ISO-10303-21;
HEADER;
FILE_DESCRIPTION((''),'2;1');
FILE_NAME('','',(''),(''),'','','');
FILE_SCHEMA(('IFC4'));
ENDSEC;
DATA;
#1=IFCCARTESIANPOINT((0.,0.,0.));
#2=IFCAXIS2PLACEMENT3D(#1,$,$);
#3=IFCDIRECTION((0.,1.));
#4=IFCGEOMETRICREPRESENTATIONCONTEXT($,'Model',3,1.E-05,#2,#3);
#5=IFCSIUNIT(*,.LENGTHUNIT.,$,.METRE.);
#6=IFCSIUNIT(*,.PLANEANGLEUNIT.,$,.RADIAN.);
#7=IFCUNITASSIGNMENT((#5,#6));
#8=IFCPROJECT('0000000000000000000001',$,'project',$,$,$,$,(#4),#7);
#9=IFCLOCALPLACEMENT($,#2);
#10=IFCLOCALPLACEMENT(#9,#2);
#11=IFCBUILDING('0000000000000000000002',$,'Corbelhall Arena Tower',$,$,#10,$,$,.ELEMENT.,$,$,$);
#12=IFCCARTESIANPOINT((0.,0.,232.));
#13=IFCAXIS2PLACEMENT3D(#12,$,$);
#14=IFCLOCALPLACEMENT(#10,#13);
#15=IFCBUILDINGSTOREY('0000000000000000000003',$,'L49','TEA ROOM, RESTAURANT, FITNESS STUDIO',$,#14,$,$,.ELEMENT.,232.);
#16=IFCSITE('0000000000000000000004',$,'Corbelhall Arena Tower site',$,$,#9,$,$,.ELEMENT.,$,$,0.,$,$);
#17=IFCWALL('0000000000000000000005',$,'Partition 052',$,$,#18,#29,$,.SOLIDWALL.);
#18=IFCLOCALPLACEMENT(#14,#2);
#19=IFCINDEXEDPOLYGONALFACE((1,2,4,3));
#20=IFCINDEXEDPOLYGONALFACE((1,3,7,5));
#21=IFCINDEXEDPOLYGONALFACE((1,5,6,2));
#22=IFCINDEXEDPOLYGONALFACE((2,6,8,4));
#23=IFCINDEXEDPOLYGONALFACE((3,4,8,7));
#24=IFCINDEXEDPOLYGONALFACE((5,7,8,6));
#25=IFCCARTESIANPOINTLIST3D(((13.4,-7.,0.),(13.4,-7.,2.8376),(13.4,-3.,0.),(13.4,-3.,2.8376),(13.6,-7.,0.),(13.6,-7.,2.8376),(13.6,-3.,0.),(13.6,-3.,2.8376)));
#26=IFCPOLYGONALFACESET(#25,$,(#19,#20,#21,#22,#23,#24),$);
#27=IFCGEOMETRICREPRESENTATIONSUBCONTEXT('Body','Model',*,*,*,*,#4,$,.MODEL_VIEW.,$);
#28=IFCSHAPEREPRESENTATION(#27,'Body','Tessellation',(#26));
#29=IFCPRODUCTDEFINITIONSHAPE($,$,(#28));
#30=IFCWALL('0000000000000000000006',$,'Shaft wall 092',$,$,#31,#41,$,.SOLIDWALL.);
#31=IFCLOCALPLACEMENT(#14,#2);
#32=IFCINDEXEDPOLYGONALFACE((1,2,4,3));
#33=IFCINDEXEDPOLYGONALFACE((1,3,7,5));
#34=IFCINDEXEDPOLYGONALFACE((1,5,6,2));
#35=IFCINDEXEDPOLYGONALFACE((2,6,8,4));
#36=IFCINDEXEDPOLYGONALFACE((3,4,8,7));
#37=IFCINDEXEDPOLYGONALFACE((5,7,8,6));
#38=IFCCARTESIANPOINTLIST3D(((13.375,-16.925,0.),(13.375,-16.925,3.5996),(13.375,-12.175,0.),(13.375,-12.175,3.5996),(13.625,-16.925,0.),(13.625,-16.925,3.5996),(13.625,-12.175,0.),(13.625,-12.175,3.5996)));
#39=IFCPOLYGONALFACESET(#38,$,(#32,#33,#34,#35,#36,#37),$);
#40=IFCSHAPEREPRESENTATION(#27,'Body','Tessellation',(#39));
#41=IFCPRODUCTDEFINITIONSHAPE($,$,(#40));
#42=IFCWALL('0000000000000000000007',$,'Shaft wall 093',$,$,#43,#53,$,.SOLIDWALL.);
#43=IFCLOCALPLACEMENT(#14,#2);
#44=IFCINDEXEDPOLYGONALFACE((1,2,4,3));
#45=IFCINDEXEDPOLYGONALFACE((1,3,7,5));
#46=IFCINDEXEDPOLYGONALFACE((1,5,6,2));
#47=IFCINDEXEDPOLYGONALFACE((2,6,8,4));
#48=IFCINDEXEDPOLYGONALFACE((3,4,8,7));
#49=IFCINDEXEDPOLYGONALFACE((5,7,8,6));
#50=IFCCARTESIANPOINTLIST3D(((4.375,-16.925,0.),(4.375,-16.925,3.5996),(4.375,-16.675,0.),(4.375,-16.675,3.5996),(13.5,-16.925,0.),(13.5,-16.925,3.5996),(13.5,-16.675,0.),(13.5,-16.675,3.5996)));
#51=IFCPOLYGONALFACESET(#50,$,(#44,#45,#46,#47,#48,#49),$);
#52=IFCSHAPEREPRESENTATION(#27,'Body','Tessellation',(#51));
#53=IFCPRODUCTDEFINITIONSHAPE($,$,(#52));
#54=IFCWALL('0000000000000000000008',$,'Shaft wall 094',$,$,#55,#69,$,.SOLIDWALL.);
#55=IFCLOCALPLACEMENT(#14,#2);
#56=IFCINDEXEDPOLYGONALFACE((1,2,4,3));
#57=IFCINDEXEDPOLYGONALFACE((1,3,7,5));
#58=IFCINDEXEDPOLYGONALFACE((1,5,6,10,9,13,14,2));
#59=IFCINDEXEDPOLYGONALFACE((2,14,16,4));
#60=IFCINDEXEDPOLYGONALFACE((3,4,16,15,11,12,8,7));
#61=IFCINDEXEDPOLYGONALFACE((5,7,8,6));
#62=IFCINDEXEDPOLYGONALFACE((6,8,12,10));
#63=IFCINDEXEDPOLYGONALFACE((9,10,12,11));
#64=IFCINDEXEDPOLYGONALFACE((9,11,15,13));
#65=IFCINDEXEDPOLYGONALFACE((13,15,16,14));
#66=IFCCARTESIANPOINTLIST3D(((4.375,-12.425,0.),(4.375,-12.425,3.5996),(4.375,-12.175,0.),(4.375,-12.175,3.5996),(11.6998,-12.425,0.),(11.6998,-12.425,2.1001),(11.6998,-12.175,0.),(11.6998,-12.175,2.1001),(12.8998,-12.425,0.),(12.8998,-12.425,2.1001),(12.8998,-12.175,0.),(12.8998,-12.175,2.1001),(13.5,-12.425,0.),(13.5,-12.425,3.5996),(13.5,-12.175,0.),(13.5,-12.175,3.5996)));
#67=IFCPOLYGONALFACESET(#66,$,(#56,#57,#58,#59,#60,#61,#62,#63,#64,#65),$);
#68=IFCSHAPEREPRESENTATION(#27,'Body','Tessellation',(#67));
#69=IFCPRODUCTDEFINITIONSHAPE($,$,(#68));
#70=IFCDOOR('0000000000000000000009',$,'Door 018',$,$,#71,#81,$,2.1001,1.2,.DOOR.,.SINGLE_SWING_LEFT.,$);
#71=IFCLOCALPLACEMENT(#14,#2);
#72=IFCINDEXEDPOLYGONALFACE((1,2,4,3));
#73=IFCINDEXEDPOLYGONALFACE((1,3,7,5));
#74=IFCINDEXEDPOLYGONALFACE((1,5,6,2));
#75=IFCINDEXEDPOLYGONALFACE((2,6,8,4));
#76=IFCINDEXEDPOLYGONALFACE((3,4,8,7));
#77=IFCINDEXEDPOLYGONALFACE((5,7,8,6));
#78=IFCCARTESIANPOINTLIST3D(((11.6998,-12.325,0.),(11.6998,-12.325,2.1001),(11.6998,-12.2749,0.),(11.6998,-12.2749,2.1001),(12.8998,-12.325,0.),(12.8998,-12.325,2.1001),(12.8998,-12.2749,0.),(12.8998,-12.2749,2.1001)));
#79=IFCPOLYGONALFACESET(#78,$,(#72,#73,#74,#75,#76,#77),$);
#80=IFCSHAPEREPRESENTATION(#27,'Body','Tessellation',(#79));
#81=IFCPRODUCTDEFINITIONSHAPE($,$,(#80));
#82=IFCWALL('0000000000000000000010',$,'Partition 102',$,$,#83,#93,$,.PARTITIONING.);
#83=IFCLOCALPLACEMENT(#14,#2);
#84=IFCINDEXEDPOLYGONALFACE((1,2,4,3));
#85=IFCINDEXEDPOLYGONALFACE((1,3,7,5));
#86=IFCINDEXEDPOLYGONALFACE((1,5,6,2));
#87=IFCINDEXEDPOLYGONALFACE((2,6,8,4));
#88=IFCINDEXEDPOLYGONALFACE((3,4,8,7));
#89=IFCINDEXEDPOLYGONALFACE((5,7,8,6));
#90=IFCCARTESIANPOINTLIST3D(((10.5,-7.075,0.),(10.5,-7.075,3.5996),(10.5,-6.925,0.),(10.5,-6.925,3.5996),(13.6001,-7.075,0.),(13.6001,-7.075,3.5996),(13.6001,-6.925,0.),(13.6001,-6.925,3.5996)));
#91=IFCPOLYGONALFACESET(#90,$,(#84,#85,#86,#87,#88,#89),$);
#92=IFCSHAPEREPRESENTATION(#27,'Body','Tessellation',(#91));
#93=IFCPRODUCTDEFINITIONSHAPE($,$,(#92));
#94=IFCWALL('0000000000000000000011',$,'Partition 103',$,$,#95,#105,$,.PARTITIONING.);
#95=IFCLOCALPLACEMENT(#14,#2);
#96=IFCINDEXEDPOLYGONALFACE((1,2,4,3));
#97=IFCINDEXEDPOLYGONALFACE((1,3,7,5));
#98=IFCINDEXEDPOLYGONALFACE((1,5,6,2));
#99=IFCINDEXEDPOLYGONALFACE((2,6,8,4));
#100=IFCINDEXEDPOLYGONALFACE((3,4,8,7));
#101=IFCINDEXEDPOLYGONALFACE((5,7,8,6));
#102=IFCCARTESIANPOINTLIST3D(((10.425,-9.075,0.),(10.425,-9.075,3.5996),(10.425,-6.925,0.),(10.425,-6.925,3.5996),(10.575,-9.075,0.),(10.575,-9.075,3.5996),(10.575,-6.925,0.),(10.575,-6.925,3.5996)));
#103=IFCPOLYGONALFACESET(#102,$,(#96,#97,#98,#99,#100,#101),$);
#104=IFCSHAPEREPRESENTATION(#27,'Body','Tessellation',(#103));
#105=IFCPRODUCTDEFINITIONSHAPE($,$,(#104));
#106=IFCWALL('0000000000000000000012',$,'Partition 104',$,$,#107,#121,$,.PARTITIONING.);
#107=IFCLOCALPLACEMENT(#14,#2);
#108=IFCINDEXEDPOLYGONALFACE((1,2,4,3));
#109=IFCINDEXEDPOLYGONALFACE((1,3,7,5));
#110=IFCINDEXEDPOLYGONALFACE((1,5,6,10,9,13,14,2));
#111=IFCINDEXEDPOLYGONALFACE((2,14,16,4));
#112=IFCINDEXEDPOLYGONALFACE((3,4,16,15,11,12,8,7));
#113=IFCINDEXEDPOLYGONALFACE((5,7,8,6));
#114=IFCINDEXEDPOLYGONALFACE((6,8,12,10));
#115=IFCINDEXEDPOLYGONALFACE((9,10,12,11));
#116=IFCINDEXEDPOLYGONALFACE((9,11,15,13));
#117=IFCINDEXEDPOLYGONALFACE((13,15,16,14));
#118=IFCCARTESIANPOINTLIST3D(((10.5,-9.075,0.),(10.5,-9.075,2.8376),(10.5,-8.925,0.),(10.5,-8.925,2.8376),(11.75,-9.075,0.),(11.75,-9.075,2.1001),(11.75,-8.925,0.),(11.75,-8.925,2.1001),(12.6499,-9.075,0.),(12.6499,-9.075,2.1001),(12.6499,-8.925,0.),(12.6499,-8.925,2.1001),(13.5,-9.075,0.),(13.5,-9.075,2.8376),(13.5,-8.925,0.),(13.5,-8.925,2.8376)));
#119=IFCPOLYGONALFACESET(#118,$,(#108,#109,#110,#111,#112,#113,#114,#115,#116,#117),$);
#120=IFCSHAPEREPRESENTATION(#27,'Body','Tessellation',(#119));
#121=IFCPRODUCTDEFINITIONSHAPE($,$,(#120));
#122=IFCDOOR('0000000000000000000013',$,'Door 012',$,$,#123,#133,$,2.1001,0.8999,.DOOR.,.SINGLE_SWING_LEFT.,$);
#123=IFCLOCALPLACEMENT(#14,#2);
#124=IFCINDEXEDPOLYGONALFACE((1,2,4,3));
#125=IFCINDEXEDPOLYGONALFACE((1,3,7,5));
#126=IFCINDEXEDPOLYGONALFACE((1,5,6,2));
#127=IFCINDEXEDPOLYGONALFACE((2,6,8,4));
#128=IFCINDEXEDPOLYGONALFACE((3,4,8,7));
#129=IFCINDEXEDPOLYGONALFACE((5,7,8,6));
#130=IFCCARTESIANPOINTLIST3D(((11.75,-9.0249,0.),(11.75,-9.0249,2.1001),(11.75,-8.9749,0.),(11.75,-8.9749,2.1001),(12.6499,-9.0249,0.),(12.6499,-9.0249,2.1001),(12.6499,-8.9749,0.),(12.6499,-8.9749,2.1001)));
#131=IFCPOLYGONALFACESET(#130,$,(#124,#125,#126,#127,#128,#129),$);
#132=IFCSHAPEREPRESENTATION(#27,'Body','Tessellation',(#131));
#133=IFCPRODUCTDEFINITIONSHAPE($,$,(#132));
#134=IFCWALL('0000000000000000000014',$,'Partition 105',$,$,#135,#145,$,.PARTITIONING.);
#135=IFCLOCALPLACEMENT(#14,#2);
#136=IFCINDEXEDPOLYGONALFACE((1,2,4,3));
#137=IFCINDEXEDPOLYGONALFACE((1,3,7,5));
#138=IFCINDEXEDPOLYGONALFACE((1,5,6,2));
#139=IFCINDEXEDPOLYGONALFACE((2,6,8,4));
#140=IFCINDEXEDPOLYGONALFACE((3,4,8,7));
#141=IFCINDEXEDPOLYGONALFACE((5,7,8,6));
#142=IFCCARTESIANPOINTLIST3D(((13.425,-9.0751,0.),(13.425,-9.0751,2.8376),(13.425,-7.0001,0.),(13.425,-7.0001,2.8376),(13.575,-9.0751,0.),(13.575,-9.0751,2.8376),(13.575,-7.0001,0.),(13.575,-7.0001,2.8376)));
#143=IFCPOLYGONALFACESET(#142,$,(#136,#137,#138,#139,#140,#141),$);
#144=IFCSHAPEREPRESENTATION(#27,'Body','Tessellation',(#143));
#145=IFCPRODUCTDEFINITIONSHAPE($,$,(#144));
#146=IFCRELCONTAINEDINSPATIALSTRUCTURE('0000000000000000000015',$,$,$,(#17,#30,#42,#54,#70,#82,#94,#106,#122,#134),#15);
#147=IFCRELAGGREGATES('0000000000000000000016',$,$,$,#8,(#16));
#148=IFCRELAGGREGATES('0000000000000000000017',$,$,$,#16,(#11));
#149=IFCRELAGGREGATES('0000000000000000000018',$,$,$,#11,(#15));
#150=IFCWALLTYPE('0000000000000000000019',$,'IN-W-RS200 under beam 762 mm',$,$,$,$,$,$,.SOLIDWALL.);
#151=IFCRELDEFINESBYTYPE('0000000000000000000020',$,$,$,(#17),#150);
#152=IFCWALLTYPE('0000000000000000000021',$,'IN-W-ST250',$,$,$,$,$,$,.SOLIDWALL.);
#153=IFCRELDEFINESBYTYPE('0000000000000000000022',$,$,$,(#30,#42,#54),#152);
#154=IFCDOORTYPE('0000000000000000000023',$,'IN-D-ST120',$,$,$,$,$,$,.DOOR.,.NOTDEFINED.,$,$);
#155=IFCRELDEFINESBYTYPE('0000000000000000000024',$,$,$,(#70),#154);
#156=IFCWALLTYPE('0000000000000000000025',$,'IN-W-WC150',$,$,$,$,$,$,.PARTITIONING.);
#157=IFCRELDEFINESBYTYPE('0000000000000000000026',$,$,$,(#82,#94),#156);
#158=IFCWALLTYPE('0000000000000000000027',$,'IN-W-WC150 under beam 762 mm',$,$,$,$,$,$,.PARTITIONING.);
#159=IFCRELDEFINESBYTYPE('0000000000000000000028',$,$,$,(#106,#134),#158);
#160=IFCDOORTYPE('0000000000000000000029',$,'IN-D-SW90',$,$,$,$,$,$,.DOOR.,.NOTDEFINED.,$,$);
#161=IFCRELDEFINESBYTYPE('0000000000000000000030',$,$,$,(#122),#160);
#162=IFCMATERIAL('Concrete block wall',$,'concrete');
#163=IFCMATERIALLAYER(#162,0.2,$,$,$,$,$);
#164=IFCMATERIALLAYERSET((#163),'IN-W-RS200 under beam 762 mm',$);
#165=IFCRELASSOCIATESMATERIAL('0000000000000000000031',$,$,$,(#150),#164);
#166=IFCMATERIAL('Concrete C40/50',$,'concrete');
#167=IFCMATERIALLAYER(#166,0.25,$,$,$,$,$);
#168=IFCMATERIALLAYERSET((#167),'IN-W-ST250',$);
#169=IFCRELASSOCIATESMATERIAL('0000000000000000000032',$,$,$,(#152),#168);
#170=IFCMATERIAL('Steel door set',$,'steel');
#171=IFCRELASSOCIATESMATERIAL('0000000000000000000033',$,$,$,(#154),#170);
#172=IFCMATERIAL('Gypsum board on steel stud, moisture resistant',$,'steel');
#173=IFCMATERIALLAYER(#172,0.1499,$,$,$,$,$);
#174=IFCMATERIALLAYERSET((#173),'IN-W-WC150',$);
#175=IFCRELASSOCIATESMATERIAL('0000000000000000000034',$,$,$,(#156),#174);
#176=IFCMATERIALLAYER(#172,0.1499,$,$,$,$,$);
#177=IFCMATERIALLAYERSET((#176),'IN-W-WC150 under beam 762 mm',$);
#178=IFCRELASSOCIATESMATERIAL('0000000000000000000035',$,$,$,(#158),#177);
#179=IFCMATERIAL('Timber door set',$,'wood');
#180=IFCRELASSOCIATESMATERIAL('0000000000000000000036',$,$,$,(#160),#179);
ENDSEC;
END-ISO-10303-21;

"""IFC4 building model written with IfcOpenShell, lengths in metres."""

from ifc_helpers import new_model, si_unit, direction, frame, frame_2d, origin, place, context, subcontext, project, spatial, rectangle, extrude, material, layer, layer_set, type_object, element, fill, save


model = new_model("IFC4")

# Units and contexts
model_context = context("Model", 3, precision=1e-05, world=origin(), true_north=direction((0.0, 1.0)))
body_context = subcontext(model_context, "Body", "Model", "MODEL_VIEW")
ifc_project = project(units=[si_unit("LENGTHUNIT", "METRE"), si_unit("PLANEANGLEUNIT", "RADIAN")], contexts=[model_context])

# Site, building, storey
site_placement = place(None, origin())
site = spatial("IfcSite", under=ifc_project, at=site_placement, Name="Corbelhall Arena Tower site", CompositionType="ELEMENT", RefElevation=0.0)
building_placement = place(site_placement, origin())
building = spatial("IfcBuilding", under=site, at=building_placement, Name="Corbelhall Arena Tower", CompositionType="ELEMENT")
storey_placement = place(building_placement, frame((0.0, 0.0, 232.0)))
storey = spatial("IfcBuildingStorey", under=building, at=storey_placement, Name="L49", Description="TEA ROOM, RESTAURANT, FITNESS STUDIO", CompositionType="ELEMENT", Elevation=232.0)

# Shared definitions
ifc_material_1 = material(Name="Concrete block wall", Category="concrete")
ifc_material_2 = material(Name="Steel door set", Category="steel")

# Walls
ifc_layer_1 = layer(ifc_material_1, 0.2)
ifc_layer_set_1 = layer_set([ifc_layer_1], Name="IN-W-RS200 under beam 762 mm")
wall_type_1 = type_object("IfcWallType", Name="IN-W-RS200 under beam 762 mm", PredefinedType="SOLIDWALL", material=ifc_layer_set_1)
wall_1_placement = place(storey_placement, frame((13.5, -3.0, 0.0), z_axis=(0.0, 0.0, 1.0), x_axis=(0.0, -1.0, 0.0)))
element("IfcWall", 1, at=wall_1_placement, inside=storey, type_object=wall_type_1, Name="Partition 052", PredefinedType="SOLIDWALL", context=body_context, shape_type="SweptSolid", body=[
    extrude(rectangle(XDim=4.0, YDim=0.2, at=frame_2d((2.0, 0.0))), origin(), (0.0, 0.0, 1.0), 2.8376),
])
ifc_material_3 = material(Name="Concrete C40/50", Category="concrete")
ifc_layer_2 = layer(ifc_material_3, 0.25)
ifc_layer_set_2 = layer_set([ifc_layer_2], Name="IN-W-ST250")
wall_type_2 = type_object("IfcWallType", Name="IN-W-ST250", PredefinedType="SOLIDWALL", material=ifc_layer_set_2)
wall_2_placement = place(storey_placement, frame((13.5, -16.925, 0.0), z_axis=(0.0, 0.0, 1.0), x_axis=(0.0, 1.0, 0.0)))
element("IfcWall", 2, at=wall_2_placement, inside=storey, type_object=wall_type_2, Name="Shaft wall 092", PredefinedType="SOLIDWALL", context=body_context, shape_type="SweptSolid", body=[
    extrude(rectangle(XDim=4.75, YDim=0.25, at=frame_2d((2.375, 0.0))), origin(), (0.0, 0.0, 1.0), 3.5996),
])
wall_3_placement = place(storey_placement, frame((13.5, -16.8, 0.0), z_axis=(0.0, 0.0, 1.0), x_axis=(-1.0, 0.0, 0.0)))
element("IfcWall", 3, at=wall_3_placement, inside=storey, type_object=wall_type_2, Name="Shaft wall 093", PredefinedType="SOLIDWALL", context=body_context, shape_type="SweptSolid", body=[
    extrude(rectangle(XDim=9.125, YDim=0.25, at=frame_2d((4.5625, 0.0))), origin(), (0.0, 0.0, 1.0), 3.5996),
])

# Wall, opening, door
wall_4_placement = place(storey_placement, frame((13.5, -12.3, 0.0), z_axis=(0.0, 0.0, 1.0), x_axis=(-1.0, 0.0, 0.0)))
wall_4 = element("IfcWall", 4, at=wall_4_placement, inside=storey, type_object=wall_type_2, Name="Shaft wall 094", PredefinedType="SOLIDWALL", context=body_context, shape_type="SweptSolid", body=[
    extrude(rectangle(XDim=9.125, YDim=0.25, at=frame_2d((4.5625, 0.0))), origin(), (0.0, 0.0, 1.0), 3.5996),
])
opening_1_placement = place(wall_4_placement, frame((0.6001, 0.0, 0.0)))
opening_1 = element("IfcOpeningElement", 5, at=opening_1_placement, cuts=wall_4, PredefinedType="OPENING", context=body_context, shape_type="SweptSolid", body=[
    extrude(rectangle(XDim=1.2, YDim=2.1001, at=frame_2d((0.6001, 1.05))), frame((0.0, 0.125, 0.0), z_axis=(0.0, -1.0, 0.0), x_axis=(1.0, 0.0, 0.0)), (0.0, 0.0, 1.0), 0.25),
])
door_type_1 = type_object("IfcDoorType", Name="IN-D-ST120", OperationType="NOTDEFINED", PredefinedType="DOOR", material=ifc_material_2)
door_1_placement = place(opening_1_placement, origin())
door_1 = element("IfcDoor", 6, at=door_1_placement, inside=storey, type_object=door_type_1, Name="Door 018", OperationType="SINGLE_SWING_LEFT", OverallHeight=2.1001, OverallWidth=1.2, PredefinedType="DOOR", context=body_context, shape_type="SweptSolid", body=[
    extrude(rectangle(XDim=1.2, YDim=2.1001, at=frame_2d((0.6001, 1.05))), frame((0.0, 0.0249, 0.0), z_axis=(0.0, -1.0, 0.0), x_axis=(1.0, 0.0, 0.0)), (0.0, 0.0, 1.0), 0.05),
])
fill(opening_1, door_1)

# Walls
ifc_material_4 = material(Name="Gypsum board on steel stud, moisture resistant", Category="steel")
ifc_layer_3 = layer(ifc_material_4, 0.1499)
ifc_layer_set_3 = layer_set([ifc_layer_3], Name="IN-W-WC150")
wall_type_3 = type_object("IfcWallType", Name="IN-W-WC150", PredefinedType="PARTITIONING", material=ifc_layer_set_3)
wall_5_placement = place(storey_placement, frame((10.5, -7.0, 0.0), z_axis=(0.0, 0.0, 1.0), x_axis=(1.0, 0.0, 0.0)))
element("IfcWall", 7, at=wall_5_placement, inside=storey, type_object=wall_type_3, Name="Partition 102", PredefinedType="PARTITIONING", context=body_context, shape_type="SweptSolid", body=[
    extrude(rectangle(XDim=3.1001, YDim=0.1499, at=frame_2d((1.55, 0.0))), origin(), (0.0, 0.0, 1.0), 3.5996),
])
wall_6_placement = place(storey_placement, frame((10.5, -6.925, 0.0), z_axis=(0.0, 0.0, 1.0), x_axis=(0.0, -1.0, 0.0)))
element("IfcWall", 8, at=wall_6_placement, inside=storey, type_object=wall_type_3, Name="Partition 103", PredefinedType="PARTITIONING", context=body_context, shape_type="SweptSolid", body=[
    extrude(rectangle(XDim=2.1499, YDim=0.1499, at=frame_2d((1.075, 0.0))), origin(), (0.0, 0.0, 1.0), 3.5996),
])

# Wall, opening, door
ifc_layer_4 = layer(ifc_material_4, 0.1499)
ifc_layer_set_4 = layer_set([ifc_layer_4], Name="IN-W-WC150 under beam 762 mm")
wall_type_4 = type_object("IfcWallType", Name="IN-W-WC150 under beam 762 mm", PredefinedType="PARTITIONING", material=ifc_layer_set_4)
wall_7_placement = place(storey_placement, frame((13.5, -9.0, 0.0), z_axis=(0.0, 0.0, 1.0), x_axis=(-1.0, 0.0, 0.0)))
wall_7 = element("IfcWall", 9, at=wall_7_placement, inside=storey, type_object=wall_type_4, Name="Partition 104", PredefinedType="PARTITIONING", context=body_context, shape_type="SweptSolid", body=[
    extrude(rectangle(XDim=3.0, YDim=0.1499, at=frame_2d((1.5, 0.0))), origin(), (0.0, 0.0, 1.0), 2.8376),
])
opening_2_placement = place(wall_7_placement, frame((0.8501, 0.0, 0.0)))
opening_2 = element("IfcOpeningElement", 10, at=opening_2_placement, cuts=wall_7, PredefinedType="OPENING", context=body_context, shape_type="SweptSolid", body=[
    extrude(rectangle(XDim=0.8999, YDim=2.1001, at=frame_2d((0.45, 1.05))), frame((0.0, 0.075, 0.0), z_axis=(0.0, -1.0, 0.0), x_axis=(1.0, 0.0, 0.0)), (0.0, 0.0, 1.0), 0.1499),
])
ifc_material_5 = material(Name="Timber door set", Category="wood")
door_type_2 = type_object("IfcDoorType", Name="IN-D-SW90", OperationType="NOTDEFINED", PredefinedType="DOOR", material=ifc_material_5)
door_2_placement = place(opening_2_placement, origin())
door_2 = element("IfcDoor", 11, at=door_2_placement, inside=storey, type_object=door_type_2, Name="Door 012", OperationType="SINGLE_SWING_LEFT", OverallHeight=2.1001, OverallWidth=0.8999, PredefinedType="DOOR", context=body_context, shape_type="SweptSolid", body=[
    extrude(rectangle(XDim=0.8999, YDim=2.1001, at=frame_2d((0.45, 1.05))), frame((0.0, 0.0249, 0.0), z_axis=(0.0, -1.0, 0.0), x_axis=(1.0, 0.0, 0.0)), (0.0, 0.0, 1.0), 0.05),
])
fill(opening_2, door_2)

# Wall
wall_8_placement = place(storey_placement, frame((13.5, -7.0, 0.0), z_axis=(0.0, 0.0, 1.0), x_axis=(0.0, -1.0, 0.0)))
element("IfcWall", 12, at=wall_8_placement, inside=storey, type_object=wall_type_4, Name="Partition 105", PredefinedType="PARTITIONING", context=body_context, shape_type="SweptSolid", body=[
    extrude(rectangle(XDim=2.075, YDim=0.1499, at=frame_2d((1.0376, 0.0))), origin(), (0.0, 0.0, 1.0), 2.8376),
])

save(model, "model.ifc")
